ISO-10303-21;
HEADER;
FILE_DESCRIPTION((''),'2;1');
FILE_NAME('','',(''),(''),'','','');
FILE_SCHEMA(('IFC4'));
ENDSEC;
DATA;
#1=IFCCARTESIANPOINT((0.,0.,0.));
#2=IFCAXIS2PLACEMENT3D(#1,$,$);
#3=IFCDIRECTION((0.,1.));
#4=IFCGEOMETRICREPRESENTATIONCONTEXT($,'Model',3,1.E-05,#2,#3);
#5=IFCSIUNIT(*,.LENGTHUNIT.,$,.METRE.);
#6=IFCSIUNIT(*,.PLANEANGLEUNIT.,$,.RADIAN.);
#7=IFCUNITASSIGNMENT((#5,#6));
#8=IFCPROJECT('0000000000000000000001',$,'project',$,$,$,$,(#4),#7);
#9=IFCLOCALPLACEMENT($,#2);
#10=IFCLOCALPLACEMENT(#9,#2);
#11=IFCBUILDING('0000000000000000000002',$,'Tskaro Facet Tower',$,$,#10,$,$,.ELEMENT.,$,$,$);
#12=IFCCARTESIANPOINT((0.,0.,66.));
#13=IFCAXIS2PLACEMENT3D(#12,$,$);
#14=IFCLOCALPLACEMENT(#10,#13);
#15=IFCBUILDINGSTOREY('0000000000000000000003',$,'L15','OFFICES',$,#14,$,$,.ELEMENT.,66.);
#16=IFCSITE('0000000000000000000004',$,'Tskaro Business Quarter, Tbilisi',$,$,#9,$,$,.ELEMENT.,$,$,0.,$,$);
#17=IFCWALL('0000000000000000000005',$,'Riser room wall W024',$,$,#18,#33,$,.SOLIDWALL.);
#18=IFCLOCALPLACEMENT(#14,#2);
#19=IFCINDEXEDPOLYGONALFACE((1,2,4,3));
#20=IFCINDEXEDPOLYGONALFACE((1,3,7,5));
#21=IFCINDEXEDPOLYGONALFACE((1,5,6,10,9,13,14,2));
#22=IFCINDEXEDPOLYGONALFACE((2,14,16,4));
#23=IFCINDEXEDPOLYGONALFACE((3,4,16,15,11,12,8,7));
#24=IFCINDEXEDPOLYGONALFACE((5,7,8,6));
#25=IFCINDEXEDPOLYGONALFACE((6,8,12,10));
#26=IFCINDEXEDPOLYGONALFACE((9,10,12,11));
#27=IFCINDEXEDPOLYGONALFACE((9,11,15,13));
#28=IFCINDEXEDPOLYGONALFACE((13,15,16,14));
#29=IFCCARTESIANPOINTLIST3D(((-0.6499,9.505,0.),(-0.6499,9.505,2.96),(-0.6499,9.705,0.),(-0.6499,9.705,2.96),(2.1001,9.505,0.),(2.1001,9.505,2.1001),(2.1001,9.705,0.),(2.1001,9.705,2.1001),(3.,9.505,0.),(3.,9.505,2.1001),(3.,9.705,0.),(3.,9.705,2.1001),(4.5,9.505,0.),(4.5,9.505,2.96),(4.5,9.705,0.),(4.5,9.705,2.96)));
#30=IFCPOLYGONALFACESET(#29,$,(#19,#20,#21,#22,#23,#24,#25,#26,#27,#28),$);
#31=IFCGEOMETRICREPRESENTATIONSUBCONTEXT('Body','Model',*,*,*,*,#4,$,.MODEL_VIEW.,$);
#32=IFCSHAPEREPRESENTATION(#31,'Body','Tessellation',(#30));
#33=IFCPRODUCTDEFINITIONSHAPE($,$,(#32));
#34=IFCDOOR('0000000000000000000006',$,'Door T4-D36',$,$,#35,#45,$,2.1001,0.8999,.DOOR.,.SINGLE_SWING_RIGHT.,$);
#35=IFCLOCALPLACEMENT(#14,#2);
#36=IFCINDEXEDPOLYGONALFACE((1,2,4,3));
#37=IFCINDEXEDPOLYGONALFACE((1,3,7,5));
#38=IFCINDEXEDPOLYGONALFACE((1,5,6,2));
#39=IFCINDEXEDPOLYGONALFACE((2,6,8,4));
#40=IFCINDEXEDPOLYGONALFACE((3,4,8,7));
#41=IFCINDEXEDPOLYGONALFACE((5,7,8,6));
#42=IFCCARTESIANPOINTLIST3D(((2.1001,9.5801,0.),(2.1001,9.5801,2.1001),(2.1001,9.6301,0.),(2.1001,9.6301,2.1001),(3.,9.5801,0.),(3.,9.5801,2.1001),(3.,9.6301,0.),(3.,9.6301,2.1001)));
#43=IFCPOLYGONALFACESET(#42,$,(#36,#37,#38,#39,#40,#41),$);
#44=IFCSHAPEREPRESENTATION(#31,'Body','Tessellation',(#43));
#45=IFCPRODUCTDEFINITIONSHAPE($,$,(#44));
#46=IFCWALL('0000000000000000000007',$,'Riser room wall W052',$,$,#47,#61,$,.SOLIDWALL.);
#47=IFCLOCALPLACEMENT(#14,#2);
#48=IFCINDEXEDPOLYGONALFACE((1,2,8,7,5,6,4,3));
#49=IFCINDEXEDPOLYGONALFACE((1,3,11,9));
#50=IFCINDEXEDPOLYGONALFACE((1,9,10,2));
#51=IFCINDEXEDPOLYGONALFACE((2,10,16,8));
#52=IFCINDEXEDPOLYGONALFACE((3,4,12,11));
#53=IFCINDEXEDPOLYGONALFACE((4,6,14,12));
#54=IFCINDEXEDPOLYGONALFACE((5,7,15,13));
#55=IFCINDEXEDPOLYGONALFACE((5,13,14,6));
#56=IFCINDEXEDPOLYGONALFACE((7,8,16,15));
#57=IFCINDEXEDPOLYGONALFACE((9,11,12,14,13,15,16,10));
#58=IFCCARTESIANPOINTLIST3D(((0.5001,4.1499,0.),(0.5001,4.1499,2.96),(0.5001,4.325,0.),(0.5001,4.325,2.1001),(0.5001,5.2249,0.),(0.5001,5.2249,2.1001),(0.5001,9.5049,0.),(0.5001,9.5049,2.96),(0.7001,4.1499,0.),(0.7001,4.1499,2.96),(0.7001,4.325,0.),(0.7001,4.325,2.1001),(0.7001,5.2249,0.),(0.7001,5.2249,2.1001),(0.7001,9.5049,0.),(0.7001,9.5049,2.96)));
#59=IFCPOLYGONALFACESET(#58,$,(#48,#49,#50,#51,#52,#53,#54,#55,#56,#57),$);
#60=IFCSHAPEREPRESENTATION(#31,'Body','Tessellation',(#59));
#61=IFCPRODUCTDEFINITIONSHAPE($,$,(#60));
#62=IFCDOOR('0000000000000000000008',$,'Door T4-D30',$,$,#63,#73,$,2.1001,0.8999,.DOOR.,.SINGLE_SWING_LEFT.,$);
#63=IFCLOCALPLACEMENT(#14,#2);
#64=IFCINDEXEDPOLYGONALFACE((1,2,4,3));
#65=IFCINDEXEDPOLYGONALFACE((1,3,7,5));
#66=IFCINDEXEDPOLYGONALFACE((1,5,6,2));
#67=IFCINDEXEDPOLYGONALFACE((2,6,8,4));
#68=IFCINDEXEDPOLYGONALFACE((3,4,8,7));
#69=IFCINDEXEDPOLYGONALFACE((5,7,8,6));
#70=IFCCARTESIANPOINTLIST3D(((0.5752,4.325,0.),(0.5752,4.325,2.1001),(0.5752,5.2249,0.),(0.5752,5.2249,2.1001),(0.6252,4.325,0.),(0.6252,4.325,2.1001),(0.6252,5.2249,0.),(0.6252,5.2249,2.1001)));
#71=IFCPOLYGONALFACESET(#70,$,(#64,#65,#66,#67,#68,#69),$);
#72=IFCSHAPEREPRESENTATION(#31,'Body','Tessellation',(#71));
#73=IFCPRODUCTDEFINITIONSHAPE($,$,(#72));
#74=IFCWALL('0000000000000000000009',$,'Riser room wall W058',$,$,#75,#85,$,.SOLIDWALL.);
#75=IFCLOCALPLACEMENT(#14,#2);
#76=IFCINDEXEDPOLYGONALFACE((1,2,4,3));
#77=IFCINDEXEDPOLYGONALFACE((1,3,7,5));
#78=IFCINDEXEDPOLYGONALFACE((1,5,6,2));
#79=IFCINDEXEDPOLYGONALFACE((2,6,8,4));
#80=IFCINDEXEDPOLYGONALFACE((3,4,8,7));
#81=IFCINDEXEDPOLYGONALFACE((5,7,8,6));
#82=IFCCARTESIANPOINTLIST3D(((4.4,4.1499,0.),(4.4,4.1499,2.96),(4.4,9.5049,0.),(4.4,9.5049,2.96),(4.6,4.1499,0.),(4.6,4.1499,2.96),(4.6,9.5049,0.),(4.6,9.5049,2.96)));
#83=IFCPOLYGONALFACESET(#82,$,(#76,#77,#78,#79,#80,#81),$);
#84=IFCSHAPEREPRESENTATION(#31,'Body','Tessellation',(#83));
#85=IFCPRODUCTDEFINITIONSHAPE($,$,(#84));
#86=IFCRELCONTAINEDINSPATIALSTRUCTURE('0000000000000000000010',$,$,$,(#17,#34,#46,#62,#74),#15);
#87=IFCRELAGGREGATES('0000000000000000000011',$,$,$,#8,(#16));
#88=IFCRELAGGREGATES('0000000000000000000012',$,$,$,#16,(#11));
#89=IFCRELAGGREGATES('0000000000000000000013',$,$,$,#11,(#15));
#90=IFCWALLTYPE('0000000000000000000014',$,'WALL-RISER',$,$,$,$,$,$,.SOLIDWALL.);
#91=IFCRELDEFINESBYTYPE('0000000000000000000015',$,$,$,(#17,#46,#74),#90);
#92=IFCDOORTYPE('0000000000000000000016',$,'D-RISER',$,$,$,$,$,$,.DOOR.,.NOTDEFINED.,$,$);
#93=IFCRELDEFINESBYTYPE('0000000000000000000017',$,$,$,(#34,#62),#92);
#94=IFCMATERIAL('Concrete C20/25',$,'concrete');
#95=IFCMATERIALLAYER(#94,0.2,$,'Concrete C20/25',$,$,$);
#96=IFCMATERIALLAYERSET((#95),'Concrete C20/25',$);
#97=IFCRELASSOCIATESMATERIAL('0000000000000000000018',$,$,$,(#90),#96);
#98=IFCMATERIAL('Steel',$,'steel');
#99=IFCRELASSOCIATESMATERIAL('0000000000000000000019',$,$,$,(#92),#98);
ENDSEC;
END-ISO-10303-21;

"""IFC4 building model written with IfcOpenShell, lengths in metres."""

from ifc_helpers import new_model, si_unit, direction, frame, frame_2d, origin, place, context, subcontext, project, spatial, rectangle, extrude, material, layer, layer_set, type_object, element, fill, save


model = new_model("IFC4")

# Units and contexts
model_context = context("Model", 3, precision=1e-05, world=origin(), true_north=direction((0.0, 1.0)))
body_context = subcontext(model_context, "Body", "Model", "MODEL_VIEW")
ifc_project = project(units=[si_unit("LENGTHUNIT", "METRE"), si_unit("PLANEANGLEUNIT", "RADIAN")], contexts=[model_context])

# Site, building, storey
site_placement = place(None, origin())
site = spatial("IfcSite", under=ifc_project, at=site_placement, Name="Tskaro Business Quarter, Tbilisi", CompositionType="ELEMENT", RefElevation=0.0)
building_placement = place(site_placement, origin())
building = spatial("IfcBuilding", under=site, at=building_placement, Name="Tskaro Facet Tower", CompositionType="ELEMENT")
storey_placement = place(building_placement, frame((0.0, 0.0, 66.0)))
storey = spatial("IfcBuildingStorey", under=building, at=storey_placement, Name="L15", Description="OFFICES", CompositionType="ELEMENT", Elevation=66.0)

# Shared definitions
ifc_material_1 = material(Name="Concrete C20/25", Category="concrete")

# Walls, openings, doors
ifc_layer_1 = layer(ifc_material_1, 0.2, Name="Concrete C20/25")
ifc_layer_set_1 = layer_set([ifc_layer_1], Name="Concrete C20/25")
wall_type_1 = type_object("IfcWallType", Name="WALL-RISER", PredefinedType="SOLIDWALL", material=ifc_layer_set_1)
wall_1_placement = place(storey_placement, frame((4.5, 9.605, 0.0), z_axis=(0.0, 0.0, 1.0), x_axis=(-1.0, 0.0, 0.0)))
wall_1 = element("IfcWall", 1, at=wall_1_placement, inside=storey, type_object=wall_type_1, Name="Riser room wall W024", PredefinedType="SOLIDWALL", context=body_context, shape_type="SweptSolid", body=[
    extrude(rectangle(XDim=5.1499, YDim=0.2, at=frame_2d((2.575, 0.0))), origin(), (0.0, 0.0, 1.0), 2.96),
])
opening_1_placement = place(wall_1_placement, frame((1.5, 0.0, 0.0)))
opening_1 = element("IfcOpeningElement", 2, at=opening_1_placement, cuts=wall_1, PredefinedType="OPENING", context=body_context, shape_type="SweptSolid", body=[
    extrude(rectangle(XDim=0.8999, YDim=2.1001, at=frame_2d((0.45, 1.05))), frame((0.0, 0.1099, 0.0), z_axis=(0.0, -1.0, 0.0), x_axis=(1.0, 0.0, 0.0)), (0.0, 0.0, 1.0), 0.22),
])
ifc_material_2 = material(Name="Steel", Category="steel")
door_type_1 = type_object("IfcDoorType", Name="D-RISER", OperationType="NOTDEFINED", PredefinedType="DOOR", material=ifc_material_2)
door_1_placement = place(opening_1_placement, origin())
door_1 = element("IfcDoor", 3, at=door_1_placement, inside=storey, type_object=door_type_1, Name="Door T4-D36", OperationType="SINGLE_SWING_RIGHT", OverallHeight=2.1001, OverallWidth=0.8999, PredefinedType="DOOR", context=body_context, shape_type="SweptSolid", body=[
    extrude(rectangle(XDim=0.8999, YDim=2.1001, at=frame_2d((0.45, 1.05))), frame((0.0, 0.0249, 0.0), z_axis=(0.0, -1.0, 0.0), x_axis=(1.0, 0.0, 0.0)), (0.0, 0.0, 1.0), 0.05),
])
fill(opening_1, door_1)
wall_2_placement = place(storey_placement, frame((0.6001, 4.1499, 0.0), z_axis=(0.0, 0.0, 1.0), x_axis=(0.0, 1.0, 0.0)))
wall_2 = element("IfcWall", 4, at=wall_2_placement, inside=storey, type_object=wall_type_1, Name="Riser room wall W052", PredefinedType="SOLIDWALL", context=body_context, shape_type="SweptSolid", body=[
    extrude(rectangle(XDim=5.355, YDim=0.2, at=frame_2d((2.6775, 0.0))), origin(), (0.0, 0.0, 1.0), 2.96),
])
opening_2_placement = place(wall_2_placement, frame((0.175, 0.0, 0.0)))
opening_2 = element("IfcOpeningElement", 5, at=opening_2_placement, cuts=wall_2, PredefinedType="OPENING", context=body_context, shape_type="SweptSolid", body=[
    extrude(rectangle(XDim=0.8999, YDim=2.1001, at=frame_2d((0.45, 1.05))), frame((0.0, 0.1099, 0.0), z_axis=(0.0, -1.0, 0.0), x_axis=(1.0, 0.0, 0.0)), (0.0, 0.0, 1.0), 0.22),
])
door_2_placement = place(opening_2_placement, origin())
door_2 = element("IfcDoor", 6, at=door_2_placement, inside=storey, type_object=door_type_1, Name="Door T4-D30", OperationType="SINGLE_SWING_LEFT", OverallHeight=2.1001, OverallWidth=0.8999, PredefinedType="DOOR", context=body_context, shape_type="SweptSolid", body=[
    extrude(rectangle(XDim=0.8999, YDim=2.1001, at=frame_2d((0.45, 1.05))), frame((0.0, 0.0249, 0.0), z_axis=(0.0, -1.0, 0.0), x_axis=(1.0, 0.0, 0.0)), (0.0, 0.0, 1.0), 0.05),
])
fill(opening_2, door_2)

# Wall
wall_3_placement = place(storey_placement, frame((4.5, 4.1499, 0.0), z_axis=(0.0, 0.0, 1.0), x_axis=(0.0, 1.0, 0.0)))
element("IfcWall", 7, at=wall_3_placement, inside=storey, type_object=wall_type_1, Name="Riser room wall W058", PredefinedType="SOLIDWALL", context=body_context, shape_type="SweptSolid", body=[
    extrude(rectangle(XDim=5.355, YDim=0.2, at=frame_2d((2.6775, 0.0))), origin(), (0.0, 0.0, 1.0), 2.96),
])

save(model, "model.ifc")
